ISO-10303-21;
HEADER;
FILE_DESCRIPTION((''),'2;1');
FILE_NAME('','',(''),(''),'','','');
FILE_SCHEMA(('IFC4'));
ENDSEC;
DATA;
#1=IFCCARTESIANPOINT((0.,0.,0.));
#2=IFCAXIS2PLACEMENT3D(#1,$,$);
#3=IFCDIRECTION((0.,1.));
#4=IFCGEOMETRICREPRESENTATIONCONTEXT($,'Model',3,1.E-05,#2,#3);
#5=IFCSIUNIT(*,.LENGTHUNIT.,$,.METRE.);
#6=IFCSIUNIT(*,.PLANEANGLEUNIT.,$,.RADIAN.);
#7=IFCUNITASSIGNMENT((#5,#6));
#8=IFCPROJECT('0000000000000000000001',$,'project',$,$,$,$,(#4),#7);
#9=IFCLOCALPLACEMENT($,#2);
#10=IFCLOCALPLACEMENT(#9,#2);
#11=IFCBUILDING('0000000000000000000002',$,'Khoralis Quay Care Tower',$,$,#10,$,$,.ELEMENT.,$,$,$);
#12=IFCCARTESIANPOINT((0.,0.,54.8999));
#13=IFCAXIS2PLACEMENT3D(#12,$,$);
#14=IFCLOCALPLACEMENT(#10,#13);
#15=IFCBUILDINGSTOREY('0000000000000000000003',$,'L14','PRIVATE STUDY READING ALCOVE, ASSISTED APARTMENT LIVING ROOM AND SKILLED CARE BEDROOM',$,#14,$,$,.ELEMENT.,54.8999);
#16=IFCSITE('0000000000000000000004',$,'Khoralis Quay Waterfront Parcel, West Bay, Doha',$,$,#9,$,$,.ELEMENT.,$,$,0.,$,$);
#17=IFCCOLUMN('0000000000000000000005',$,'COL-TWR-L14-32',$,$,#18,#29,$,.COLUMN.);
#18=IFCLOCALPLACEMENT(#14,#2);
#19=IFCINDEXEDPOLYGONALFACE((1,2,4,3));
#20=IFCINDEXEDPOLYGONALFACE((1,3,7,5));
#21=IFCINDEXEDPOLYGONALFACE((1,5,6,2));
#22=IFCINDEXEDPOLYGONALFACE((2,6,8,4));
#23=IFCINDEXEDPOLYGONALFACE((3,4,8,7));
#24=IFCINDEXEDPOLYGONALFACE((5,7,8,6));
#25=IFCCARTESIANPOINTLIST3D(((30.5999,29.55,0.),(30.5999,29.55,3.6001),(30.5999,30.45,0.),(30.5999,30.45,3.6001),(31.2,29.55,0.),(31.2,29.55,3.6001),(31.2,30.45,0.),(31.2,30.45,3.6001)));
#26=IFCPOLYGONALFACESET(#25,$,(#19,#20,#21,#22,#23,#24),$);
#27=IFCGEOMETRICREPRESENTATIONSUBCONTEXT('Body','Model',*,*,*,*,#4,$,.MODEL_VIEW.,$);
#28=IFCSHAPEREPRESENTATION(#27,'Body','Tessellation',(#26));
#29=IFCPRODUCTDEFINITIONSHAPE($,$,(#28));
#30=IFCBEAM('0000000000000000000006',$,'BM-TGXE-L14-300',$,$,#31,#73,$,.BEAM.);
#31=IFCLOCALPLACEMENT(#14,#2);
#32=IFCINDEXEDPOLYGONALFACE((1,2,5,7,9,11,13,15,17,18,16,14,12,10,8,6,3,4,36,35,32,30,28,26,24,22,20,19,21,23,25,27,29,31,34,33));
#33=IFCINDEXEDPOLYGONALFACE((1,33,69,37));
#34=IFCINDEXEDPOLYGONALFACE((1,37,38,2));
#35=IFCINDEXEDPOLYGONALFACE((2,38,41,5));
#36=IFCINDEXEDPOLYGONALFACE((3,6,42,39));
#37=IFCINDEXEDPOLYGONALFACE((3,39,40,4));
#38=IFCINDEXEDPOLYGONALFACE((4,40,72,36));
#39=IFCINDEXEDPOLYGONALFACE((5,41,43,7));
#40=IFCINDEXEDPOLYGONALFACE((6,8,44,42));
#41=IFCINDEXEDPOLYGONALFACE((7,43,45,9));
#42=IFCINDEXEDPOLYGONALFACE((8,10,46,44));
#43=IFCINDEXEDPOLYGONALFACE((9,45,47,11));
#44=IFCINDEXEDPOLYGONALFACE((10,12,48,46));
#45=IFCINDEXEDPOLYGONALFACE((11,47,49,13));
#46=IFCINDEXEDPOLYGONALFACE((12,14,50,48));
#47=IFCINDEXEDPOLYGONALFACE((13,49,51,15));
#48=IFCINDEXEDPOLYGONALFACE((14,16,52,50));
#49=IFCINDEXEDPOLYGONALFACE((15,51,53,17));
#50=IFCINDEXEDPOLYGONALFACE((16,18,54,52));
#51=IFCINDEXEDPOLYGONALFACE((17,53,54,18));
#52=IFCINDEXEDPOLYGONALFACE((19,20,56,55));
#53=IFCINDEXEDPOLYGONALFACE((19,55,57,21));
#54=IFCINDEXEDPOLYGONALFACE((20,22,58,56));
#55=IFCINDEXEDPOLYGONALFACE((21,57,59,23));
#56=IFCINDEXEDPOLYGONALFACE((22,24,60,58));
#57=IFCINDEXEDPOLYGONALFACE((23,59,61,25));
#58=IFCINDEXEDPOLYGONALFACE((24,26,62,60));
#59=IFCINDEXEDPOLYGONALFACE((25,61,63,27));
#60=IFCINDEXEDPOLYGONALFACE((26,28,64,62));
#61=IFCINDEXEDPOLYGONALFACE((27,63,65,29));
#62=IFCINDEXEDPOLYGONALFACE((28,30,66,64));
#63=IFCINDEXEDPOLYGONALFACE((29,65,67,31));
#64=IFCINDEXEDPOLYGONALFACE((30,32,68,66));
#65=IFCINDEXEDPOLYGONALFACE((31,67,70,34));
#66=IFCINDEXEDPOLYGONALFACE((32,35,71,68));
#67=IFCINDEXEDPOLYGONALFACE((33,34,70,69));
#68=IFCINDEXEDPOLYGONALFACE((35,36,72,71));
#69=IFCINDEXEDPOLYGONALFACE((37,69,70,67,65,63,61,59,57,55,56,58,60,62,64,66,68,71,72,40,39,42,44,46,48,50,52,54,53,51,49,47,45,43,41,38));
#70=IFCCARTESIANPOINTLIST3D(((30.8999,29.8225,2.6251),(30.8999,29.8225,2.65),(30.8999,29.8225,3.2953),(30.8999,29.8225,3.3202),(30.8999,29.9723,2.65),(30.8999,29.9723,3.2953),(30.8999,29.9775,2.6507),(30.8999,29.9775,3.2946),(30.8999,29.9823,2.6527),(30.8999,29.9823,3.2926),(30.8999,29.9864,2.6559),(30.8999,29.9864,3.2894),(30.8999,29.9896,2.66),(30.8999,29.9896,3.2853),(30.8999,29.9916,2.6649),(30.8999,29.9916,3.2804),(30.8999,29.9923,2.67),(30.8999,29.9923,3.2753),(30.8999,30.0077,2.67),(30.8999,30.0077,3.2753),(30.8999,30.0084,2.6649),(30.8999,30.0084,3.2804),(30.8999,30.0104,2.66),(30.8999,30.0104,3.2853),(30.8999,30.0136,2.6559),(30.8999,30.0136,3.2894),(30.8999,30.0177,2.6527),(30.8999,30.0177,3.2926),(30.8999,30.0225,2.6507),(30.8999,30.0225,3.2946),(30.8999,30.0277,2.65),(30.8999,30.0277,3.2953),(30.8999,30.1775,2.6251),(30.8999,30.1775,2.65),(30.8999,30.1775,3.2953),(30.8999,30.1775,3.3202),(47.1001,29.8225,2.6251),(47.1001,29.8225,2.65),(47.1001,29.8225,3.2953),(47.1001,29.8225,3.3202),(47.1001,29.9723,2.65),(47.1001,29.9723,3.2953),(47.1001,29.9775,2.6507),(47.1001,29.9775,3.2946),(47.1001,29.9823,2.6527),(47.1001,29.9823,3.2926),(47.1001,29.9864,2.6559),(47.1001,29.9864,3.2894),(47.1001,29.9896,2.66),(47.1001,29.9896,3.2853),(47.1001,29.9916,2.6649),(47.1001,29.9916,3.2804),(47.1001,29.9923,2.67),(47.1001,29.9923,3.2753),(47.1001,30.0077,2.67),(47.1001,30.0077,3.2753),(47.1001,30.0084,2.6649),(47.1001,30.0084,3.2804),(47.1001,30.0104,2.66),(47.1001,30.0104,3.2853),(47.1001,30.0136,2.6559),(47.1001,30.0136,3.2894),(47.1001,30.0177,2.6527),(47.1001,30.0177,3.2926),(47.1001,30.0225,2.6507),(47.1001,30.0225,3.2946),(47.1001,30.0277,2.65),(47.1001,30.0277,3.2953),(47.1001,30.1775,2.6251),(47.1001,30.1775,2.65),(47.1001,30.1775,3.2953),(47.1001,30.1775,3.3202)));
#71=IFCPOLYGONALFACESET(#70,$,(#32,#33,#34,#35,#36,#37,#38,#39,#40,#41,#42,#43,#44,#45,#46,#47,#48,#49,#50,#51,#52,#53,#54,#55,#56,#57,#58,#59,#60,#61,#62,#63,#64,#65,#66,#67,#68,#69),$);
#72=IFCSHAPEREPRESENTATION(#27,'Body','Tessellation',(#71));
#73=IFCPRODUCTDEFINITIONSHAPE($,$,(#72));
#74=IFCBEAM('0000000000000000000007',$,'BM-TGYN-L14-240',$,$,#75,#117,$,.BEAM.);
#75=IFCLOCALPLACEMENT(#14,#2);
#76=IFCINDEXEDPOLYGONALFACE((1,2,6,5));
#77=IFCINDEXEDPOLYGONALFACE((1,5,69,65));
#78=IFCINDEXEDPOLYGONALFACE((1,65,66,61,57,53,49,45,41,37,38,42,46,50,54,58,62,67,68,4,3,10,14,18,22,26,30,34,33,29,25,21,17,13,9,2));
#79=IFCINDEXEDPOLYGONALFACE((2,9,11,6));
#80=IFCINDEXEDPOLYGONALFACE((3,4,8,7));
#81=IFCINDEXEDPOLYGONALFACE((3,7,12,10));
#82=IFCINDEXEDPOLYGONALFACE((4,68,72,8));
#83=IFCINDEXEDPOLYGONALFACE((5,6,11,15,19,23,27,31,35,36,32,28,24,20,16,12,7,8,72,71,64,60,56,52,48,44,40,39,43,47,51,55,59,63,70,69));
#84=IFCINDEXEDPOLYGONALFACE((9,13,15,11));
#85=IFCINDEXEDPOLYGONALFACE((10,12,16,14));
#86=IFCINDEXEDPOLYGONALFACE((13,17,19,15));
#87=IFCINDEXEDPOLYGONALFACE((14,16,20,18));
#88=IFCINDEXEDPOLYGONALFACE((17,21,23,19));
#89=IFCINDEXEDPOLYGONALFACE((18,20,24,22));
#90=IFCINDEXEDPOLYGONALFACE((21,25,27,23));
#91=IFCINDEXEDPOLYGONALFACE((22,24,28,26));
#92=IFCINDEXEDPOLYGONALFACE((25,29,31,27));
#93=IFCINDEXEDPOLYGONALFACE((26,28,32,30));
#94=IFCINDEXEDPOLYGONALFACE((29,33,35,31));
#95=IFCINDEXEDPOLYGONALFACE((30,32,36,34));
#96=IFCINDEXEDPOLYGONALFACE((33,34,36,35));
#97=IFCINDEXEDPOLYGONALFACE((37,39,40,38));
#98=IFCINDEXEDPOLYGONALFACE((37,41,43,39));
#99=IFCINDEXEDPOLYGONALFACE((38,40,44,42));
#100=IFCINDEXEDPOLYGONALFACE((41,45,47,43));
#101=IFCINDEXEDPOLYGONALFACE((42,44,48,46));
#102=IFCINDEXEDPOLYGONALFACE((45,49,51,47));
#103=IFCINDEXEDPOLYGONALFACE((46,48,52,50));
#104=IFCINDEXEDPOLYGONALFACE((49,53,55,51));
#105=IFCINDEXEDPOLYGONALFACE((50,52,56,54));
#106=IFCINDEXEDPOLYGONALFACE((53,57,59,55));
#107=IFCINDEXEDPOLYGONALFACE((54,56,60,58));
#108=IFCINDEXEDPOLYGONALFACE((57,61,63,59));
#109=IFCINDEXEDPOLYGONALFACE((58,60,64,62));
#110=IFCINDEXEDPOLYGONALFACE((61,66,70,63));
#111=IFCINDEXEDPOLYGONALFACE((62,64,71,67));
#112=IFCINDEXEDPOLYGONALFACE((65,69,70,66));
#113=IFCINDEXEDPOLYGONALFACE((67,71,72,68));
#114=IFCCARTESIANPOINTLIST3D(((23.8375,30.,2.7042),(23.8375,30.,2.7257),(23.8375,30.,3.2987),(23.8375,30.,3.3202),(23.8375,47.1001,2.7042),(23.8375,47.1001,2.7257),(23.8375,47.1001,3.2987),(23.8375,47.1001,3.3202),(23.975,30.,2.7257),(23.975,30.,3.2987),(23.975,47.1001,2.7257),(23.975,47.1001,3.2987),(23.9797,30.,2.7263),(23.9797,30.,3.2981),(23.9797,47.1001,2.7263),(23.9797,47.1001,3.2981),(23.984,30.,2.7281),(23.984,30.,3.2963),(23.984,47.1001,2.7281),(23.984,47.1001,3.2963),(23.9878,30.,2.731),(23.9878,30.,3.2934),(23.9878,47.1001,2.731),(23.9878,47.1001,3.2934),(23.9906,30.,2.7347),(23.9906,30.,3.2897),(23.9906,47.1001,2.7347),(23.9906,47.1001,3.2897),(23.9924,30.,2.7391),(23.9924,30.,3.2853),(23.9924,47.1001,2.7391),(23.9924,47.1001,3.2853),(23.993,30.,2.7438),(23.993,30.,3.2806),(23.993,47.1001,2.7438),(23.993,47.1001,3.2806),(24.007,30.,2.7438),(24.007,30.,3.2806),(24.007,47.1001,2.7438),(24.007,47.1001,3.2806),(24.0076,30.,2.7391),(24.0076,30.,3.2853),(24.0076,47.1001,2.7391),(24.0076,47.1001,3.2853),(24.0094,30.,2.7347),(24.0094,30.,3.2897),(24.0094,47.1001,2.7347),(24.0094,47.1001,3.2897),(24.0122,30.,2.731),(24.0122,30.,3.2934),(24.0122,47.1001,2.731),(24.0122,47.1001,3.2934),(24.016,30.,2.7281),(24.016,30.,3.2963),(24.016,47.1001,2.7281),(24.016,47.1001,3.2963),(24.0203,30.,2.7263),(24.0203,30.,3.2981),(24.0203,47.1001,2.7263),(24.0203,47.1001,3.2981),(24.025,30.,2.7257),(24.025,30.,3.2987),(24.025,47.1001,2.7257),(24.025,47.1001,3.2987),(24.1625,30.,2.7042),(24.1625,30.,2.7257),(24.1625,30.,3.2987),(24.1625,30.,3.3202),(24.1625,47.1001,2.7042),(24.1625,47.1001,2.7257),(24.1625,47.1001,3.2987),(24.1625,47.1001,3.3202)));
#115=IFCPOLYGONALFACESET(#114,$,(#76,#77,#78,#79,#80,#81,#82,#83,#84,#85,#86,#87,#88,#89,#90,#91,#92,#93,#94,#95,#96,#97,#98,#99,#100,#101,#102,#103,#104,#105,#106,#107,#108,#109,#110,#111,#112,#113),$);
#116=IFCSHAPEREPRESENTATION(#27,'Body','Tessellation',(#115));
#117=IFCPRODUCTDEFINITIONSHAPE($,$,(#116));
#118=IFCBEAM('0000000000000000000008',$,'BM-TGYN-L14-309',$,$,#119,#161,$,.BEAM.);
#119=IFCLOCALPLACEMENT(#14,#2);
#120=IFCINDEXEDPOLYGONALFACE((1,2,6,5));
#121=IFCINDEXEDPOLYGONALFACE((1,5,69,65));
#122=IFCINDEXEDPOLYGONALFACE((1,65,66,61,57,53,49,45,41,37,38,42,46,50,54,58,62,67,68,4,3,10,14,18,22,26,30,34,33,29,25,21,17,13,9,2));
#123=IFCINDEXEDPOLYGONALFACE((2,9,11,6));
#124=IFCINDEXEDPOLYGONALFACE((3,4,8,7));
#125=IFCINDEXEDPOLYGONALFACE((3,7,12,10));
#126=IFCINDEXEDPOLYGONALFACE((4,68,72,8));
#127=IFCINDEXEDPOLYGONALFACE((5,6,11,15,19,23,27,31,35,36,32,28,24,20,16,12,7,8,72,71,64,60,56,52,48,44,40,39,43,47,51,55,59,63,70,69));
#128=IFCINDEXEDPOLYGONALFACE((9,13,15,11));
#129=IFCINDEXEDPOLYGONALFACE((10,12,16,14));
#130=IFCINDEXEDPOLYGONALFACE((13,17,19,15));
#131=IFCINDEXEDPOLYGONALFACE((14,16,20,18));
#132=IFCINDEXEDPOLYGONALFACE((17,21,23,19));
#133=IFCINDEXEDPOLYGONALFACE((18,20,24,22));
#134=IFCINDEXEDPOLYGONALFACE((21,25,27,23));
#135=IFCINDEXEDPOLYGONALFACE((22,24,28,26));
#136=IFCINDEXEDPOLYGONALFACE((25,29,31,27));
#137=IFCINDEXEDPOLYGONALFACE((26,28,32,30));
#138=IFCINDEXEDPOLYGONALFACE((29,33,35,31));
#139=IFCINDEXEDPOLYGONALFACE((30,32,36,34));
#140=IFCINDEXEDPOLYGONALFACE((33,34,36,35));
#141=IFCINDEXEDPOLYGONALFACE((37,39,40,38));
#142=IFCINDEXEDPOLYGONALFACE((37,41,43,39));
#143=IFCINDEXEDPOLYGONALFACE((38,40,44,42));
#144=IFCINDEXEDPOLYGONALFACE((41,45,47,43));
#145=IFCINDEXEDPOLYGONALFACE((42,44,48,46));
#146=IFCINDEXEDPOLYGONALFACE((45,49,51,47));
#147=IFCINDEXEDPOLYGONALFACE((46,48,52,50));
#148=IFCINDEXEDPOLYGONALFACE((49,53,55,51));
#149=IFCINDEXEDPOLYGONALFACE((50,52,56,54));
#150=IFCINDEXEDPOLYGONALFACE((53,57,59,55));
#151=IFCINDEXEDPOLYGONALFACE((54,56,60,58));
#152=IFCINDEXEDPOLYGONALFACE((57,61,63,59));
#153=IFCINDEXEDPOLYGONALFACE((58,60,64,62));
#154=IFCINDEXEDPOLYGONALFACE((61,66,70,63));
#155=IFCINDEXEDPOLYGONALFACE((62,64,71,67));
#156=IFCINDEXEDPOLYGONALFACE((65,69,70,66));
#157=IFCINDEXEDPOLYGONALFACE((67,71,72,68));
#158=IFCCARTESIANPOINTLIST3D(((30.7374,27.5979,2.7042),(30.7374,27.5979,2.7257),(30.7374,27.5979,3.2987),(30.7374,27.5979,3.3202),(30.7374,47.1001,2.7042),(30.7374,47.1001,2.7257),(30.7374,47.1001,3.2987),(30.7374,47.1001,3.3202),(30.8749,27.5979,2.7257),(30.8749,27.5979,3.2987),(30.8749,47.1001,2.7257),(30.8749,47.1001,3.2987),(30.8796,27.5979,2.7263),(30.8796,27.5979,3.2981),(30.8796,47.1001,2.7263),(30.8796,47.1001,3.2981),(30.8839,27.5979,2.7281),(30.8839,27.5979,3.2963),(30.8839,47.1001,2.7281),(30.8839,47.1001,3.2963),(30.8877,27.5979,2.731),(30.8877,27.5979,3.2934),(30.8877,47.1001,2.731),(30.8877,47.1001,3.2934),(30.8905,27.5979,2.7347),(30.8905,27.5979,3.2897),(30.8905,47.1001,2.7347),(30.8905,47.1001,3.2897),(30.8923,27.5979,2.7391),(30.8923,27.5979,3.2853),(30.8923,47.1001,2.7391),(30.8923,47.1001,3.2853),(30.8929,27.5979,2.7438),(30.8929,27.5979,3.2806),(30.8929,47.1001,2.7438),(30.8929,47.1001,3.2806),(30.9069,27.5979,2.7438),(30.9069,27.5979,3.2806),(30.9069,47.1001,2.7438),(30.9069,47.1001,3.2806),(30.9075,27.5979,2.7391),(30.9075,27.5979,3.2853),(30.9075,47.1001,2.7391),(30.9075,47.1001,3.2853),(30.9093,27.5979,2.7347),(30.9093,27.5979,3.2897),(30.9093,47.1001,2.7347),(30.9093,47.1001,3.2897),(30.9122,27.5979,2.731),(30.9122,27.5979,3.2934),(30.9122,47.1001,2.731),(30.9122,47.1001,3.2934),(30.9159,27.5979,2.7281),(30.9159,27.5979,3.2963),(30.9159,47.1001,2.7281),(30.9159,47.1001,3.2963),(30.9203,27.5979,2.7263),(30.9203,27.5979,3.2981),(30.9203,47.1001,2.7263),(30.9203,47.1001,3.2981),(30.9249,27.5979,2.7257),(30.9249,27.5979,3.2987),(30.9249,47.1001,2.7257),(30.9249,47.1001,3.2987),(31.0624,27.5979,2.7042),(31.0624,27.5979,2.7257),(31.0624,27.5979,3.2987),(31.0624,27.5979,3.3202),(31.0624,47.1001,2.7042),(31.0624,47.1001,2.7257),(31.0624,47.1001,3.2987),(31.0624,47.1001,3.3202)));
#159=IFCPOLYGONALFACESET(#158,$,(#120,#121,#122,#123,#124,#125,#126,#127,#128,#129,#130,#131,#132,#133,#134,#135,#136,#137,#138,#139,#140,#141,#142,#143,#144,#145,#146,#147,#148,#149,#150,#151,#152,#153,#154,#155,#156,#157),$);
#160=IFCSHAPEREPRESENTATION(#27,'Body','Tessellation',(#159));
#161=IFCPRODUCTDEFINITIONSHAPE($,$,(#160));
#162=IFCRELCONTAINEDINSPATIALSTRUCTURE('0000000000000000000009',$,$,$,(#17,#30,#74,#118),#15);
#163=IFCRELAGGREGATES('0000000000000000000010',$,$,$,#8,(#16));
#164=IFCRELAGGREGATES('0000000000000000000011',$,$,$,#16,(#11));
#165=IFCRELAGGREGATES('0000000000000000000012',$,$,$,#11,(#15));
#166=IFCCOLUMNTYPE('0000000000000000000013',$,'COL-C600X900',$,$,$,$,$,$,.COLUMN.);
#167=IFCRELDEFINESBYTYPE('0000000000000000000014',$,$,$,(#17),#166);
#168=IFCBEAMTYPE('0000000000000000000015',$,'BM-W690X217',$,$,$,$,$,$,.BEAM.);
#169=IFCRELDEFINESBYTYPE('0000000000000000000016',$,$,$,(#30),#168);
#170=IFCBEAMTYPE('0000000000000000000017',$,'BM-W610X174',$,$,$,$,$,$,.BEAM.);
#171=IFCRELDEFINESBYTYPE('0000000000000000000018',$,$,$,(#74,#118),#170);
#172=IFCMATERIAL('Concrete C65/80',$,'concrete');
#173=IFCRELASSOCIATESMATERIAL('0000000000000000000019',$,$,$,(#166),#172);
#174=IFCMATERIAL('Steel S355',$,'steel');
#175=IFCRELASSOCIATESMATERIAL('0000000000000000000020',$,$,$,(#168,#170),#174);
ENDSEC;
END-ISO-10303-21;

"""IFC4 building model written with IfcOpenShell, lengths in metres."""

from ifc_helpers import new_model, si_unit, direction, frame, origin, origin_2d, place, context, subcontext, project, spatial, rectangle, i_section, extrude, source, transform, mapped, material, material_profile, profile_set, type_object, element, save


model = new_model("IFC4")

# Units and contexts
model_context = context("Model", 3, precision=1e-05, world=origin(), true_north=direction((0.0, 1.0)))
body_context = subcontext(model_context, "Body", "Model", "MODEL_VIEW")
ifc_project = project(units=[si_unit("LENGTHUNIT", "METRE"), si_unit("PLANEANGLEUNIT", "RADIAN")], contexts=[model_context])

# Site, building, storey
site_placement = place(None, origin())
site = spatial("IfcSite", under=ifc_project, at=site_placement, Name="Khoralis Quay Waterfront Parcel, West Bay, Doha", CompositionType="ELEMENT", RefElevation=0.0)
building_placement = place(site_placement, origin())
building = spatial("IfcBuilding", under=site, at=building_placement, Name="Khoralis Quay Care Tower", CompositionType="ELEMENT")
storey_placement = place(building_placement, frame((0.0, 0.0, 54.8999)))
storey = spatial("IfcBuildingStorey", under=building, at=storey_placement, Name="L14", Description="PRIVATE STUDY READING ALCOVE, ASSISTED APARTMENT LIVING ROOM AND SKILLED CARE BEDROOM", CompositionType="ELEMENT", Elevation=54.8999)

# Column
ifc_material_1 = material(Name="Concrete C65/80", Category="concrete")
ifc_material_profile_1 = material_profile(ifc_material_1, rectangle(XDim=0.6001, YDim=0.8999, at=origin_2d()), Name="Concrete C65/80")
ifc_profile_set_1 = profile_set([ifc_material_profile_1], Name="Concrete C65/80")
column_type = type_object("IfcColumnType", Name="COL-C600X900", PredefinedType="COLUMN", material=ifc_profile_set_1)
shared_shape_1 = source(origin(), body_context, "Body", "SweptSolid", [
    extrude(rectangle(XDim=0.6001, YDim=0.8999, at=origin_2d()), origin(), (0.0, 0.0, 1.0), 3.6001),
])
column_placement = place(storey_placement, frame((30.8999, 30.0, 0.0), z_axis=(0.0, 0.0, 1.0), x_axis=(1.0, 0.0, 0.0)))
element("IfcColumn", 1, at=column_placement, inside=storey, type_object=column_type, Name="COL-TWR-L14-32", PredefinedType="COLUMN", context=body_context, shape_type="MappedRepresentation", body=[
    mapped(shared_shape_1, transform((0.0, 0.0, 0.0), scale=1.0)),
])

# Beams
ifc_material_2 = material(Name="Steel S355", Category="steel")
ifc_material_profile_2 = material_profile(ifc_material_2, i_section(OverallWidth=0.355, OverallDepth=0.6951, WebThickness=0.0154, FlangeThickness=0.0249, FilletRadius=0.02, at=origin_2d()), Name="Steel S355")
ifc_profile_set_2 = profile_set([ifc_material_profile_2], Name="Steel S355")
beam_type_1 = type_object("IfcBeamType", Name="BM-W690X217", PredefinedType="BEAM", material=ifc_profile_set_2)
shared_shape_2 = source(origin(), body_context, "Body", "SweptSolid", [
    extrude(i_section(OverallWidth=0.355, OverallDepth=0.6951, WebThickness=0.0154, FlangeThickness=0.0249, FilletRadius=0.02, at=origin_2d()), origin(), (0.0, 0.0, 1.0), 16.2002),
])
beam_1_placement = place(storey_placement, frame((30.8999, 30.0, 2.9727), z_axis=(1.0, 0.0, 0.0), x_axis=(0.0, 1.0, 0.0)))
element("IfcBeam", 2, at=beam_1_placement, inside=storey, type_object=beam_type_1, Name="BM-TGXE-L14-300", PredefinedType="BEAM", context=body_context, shape_type="MappedRepresentation", body=[
    mapped(shared_shape_2, transform((0.0, 0.0, 0.0), scale=1.0)),
])
ifc_material_profile_3 = material_profile(ifc_material_2, i_section(OverallWidth=0.325, OverallDepth=0.616, WebThickness=0.0139, FlangeThickness=0.0215, FilletRadius=0.0181, at=origin_2d()), Name="Steel S355")
ifc_profile_set_3 = profile_set([ifc_material_profile_3], Name="Steel S355")
beam_type_2 = type_object("IfcBeamType", Name="BM-W610X174", PredefinedType="BEAM", material=ifc_profile_set_3)
shared_shape_3 = source(origin(), body_context, "Body", "SweptSolid", [
    extrude(i_section(OverallWidth=0.325, OverallDepth=0.616, WebThickness=0.0139, FlangeThickness=0.0215, FilletRadius=0.0181, at=origin_2d()), origin(), (0.0, 0.0, 1.0), 17.1001),
])
beam_2_placement = place(storey_placement, frame((24.0, 30.0, 3.0122), z_axis=(0.0, 1.0, 0.0), x_axis=(-1.0, 0.0, 0.0)))
element("IfcBeam", 3, at=beam_2_placement, inside=storey, type_object=beam_type_2, Name="BM-TGYN-L14-240", PredefinedType="BEAM", context=body_context, shape_type="MappedRepresentation", body=[
    mapped(shared_shape_3, transform((0.0, 0.0, 0.0), scale=1.0)),
])
shared_shape_4 = source(origin(), body_context, "Body", "SweptSolid", [
    extrude(i_section(OverallWidth=0.325, OverallDepth=0.616, WebThickness=0.0139, FlangeThickness=0.0215, FilletRadius=0.0181, at=origin_2d()), origin(), (0.0, 0.0, 1.0), 19.5022),
])
beam_3_placement = place(storey_placement, frame((30.8999, 27.5979, 3.0122), z_axis=(0.0, 1.0, 0.0), x_axis=(-1.0, 0.0, 0.0)))
element("IfcBeam", 4, at=beam_3_placement, inside=storey, type_object=beam_type_2, Name="BM-TGYN-L14-309", PredefinedType="BEAM", context=body_context, shape_type="MappedRepresentation", body=[
    mapped(shared_shape_4, transform((0.0, 0.0, 0.0), scale=1.0)),
])

save(model, "model.ifc")
